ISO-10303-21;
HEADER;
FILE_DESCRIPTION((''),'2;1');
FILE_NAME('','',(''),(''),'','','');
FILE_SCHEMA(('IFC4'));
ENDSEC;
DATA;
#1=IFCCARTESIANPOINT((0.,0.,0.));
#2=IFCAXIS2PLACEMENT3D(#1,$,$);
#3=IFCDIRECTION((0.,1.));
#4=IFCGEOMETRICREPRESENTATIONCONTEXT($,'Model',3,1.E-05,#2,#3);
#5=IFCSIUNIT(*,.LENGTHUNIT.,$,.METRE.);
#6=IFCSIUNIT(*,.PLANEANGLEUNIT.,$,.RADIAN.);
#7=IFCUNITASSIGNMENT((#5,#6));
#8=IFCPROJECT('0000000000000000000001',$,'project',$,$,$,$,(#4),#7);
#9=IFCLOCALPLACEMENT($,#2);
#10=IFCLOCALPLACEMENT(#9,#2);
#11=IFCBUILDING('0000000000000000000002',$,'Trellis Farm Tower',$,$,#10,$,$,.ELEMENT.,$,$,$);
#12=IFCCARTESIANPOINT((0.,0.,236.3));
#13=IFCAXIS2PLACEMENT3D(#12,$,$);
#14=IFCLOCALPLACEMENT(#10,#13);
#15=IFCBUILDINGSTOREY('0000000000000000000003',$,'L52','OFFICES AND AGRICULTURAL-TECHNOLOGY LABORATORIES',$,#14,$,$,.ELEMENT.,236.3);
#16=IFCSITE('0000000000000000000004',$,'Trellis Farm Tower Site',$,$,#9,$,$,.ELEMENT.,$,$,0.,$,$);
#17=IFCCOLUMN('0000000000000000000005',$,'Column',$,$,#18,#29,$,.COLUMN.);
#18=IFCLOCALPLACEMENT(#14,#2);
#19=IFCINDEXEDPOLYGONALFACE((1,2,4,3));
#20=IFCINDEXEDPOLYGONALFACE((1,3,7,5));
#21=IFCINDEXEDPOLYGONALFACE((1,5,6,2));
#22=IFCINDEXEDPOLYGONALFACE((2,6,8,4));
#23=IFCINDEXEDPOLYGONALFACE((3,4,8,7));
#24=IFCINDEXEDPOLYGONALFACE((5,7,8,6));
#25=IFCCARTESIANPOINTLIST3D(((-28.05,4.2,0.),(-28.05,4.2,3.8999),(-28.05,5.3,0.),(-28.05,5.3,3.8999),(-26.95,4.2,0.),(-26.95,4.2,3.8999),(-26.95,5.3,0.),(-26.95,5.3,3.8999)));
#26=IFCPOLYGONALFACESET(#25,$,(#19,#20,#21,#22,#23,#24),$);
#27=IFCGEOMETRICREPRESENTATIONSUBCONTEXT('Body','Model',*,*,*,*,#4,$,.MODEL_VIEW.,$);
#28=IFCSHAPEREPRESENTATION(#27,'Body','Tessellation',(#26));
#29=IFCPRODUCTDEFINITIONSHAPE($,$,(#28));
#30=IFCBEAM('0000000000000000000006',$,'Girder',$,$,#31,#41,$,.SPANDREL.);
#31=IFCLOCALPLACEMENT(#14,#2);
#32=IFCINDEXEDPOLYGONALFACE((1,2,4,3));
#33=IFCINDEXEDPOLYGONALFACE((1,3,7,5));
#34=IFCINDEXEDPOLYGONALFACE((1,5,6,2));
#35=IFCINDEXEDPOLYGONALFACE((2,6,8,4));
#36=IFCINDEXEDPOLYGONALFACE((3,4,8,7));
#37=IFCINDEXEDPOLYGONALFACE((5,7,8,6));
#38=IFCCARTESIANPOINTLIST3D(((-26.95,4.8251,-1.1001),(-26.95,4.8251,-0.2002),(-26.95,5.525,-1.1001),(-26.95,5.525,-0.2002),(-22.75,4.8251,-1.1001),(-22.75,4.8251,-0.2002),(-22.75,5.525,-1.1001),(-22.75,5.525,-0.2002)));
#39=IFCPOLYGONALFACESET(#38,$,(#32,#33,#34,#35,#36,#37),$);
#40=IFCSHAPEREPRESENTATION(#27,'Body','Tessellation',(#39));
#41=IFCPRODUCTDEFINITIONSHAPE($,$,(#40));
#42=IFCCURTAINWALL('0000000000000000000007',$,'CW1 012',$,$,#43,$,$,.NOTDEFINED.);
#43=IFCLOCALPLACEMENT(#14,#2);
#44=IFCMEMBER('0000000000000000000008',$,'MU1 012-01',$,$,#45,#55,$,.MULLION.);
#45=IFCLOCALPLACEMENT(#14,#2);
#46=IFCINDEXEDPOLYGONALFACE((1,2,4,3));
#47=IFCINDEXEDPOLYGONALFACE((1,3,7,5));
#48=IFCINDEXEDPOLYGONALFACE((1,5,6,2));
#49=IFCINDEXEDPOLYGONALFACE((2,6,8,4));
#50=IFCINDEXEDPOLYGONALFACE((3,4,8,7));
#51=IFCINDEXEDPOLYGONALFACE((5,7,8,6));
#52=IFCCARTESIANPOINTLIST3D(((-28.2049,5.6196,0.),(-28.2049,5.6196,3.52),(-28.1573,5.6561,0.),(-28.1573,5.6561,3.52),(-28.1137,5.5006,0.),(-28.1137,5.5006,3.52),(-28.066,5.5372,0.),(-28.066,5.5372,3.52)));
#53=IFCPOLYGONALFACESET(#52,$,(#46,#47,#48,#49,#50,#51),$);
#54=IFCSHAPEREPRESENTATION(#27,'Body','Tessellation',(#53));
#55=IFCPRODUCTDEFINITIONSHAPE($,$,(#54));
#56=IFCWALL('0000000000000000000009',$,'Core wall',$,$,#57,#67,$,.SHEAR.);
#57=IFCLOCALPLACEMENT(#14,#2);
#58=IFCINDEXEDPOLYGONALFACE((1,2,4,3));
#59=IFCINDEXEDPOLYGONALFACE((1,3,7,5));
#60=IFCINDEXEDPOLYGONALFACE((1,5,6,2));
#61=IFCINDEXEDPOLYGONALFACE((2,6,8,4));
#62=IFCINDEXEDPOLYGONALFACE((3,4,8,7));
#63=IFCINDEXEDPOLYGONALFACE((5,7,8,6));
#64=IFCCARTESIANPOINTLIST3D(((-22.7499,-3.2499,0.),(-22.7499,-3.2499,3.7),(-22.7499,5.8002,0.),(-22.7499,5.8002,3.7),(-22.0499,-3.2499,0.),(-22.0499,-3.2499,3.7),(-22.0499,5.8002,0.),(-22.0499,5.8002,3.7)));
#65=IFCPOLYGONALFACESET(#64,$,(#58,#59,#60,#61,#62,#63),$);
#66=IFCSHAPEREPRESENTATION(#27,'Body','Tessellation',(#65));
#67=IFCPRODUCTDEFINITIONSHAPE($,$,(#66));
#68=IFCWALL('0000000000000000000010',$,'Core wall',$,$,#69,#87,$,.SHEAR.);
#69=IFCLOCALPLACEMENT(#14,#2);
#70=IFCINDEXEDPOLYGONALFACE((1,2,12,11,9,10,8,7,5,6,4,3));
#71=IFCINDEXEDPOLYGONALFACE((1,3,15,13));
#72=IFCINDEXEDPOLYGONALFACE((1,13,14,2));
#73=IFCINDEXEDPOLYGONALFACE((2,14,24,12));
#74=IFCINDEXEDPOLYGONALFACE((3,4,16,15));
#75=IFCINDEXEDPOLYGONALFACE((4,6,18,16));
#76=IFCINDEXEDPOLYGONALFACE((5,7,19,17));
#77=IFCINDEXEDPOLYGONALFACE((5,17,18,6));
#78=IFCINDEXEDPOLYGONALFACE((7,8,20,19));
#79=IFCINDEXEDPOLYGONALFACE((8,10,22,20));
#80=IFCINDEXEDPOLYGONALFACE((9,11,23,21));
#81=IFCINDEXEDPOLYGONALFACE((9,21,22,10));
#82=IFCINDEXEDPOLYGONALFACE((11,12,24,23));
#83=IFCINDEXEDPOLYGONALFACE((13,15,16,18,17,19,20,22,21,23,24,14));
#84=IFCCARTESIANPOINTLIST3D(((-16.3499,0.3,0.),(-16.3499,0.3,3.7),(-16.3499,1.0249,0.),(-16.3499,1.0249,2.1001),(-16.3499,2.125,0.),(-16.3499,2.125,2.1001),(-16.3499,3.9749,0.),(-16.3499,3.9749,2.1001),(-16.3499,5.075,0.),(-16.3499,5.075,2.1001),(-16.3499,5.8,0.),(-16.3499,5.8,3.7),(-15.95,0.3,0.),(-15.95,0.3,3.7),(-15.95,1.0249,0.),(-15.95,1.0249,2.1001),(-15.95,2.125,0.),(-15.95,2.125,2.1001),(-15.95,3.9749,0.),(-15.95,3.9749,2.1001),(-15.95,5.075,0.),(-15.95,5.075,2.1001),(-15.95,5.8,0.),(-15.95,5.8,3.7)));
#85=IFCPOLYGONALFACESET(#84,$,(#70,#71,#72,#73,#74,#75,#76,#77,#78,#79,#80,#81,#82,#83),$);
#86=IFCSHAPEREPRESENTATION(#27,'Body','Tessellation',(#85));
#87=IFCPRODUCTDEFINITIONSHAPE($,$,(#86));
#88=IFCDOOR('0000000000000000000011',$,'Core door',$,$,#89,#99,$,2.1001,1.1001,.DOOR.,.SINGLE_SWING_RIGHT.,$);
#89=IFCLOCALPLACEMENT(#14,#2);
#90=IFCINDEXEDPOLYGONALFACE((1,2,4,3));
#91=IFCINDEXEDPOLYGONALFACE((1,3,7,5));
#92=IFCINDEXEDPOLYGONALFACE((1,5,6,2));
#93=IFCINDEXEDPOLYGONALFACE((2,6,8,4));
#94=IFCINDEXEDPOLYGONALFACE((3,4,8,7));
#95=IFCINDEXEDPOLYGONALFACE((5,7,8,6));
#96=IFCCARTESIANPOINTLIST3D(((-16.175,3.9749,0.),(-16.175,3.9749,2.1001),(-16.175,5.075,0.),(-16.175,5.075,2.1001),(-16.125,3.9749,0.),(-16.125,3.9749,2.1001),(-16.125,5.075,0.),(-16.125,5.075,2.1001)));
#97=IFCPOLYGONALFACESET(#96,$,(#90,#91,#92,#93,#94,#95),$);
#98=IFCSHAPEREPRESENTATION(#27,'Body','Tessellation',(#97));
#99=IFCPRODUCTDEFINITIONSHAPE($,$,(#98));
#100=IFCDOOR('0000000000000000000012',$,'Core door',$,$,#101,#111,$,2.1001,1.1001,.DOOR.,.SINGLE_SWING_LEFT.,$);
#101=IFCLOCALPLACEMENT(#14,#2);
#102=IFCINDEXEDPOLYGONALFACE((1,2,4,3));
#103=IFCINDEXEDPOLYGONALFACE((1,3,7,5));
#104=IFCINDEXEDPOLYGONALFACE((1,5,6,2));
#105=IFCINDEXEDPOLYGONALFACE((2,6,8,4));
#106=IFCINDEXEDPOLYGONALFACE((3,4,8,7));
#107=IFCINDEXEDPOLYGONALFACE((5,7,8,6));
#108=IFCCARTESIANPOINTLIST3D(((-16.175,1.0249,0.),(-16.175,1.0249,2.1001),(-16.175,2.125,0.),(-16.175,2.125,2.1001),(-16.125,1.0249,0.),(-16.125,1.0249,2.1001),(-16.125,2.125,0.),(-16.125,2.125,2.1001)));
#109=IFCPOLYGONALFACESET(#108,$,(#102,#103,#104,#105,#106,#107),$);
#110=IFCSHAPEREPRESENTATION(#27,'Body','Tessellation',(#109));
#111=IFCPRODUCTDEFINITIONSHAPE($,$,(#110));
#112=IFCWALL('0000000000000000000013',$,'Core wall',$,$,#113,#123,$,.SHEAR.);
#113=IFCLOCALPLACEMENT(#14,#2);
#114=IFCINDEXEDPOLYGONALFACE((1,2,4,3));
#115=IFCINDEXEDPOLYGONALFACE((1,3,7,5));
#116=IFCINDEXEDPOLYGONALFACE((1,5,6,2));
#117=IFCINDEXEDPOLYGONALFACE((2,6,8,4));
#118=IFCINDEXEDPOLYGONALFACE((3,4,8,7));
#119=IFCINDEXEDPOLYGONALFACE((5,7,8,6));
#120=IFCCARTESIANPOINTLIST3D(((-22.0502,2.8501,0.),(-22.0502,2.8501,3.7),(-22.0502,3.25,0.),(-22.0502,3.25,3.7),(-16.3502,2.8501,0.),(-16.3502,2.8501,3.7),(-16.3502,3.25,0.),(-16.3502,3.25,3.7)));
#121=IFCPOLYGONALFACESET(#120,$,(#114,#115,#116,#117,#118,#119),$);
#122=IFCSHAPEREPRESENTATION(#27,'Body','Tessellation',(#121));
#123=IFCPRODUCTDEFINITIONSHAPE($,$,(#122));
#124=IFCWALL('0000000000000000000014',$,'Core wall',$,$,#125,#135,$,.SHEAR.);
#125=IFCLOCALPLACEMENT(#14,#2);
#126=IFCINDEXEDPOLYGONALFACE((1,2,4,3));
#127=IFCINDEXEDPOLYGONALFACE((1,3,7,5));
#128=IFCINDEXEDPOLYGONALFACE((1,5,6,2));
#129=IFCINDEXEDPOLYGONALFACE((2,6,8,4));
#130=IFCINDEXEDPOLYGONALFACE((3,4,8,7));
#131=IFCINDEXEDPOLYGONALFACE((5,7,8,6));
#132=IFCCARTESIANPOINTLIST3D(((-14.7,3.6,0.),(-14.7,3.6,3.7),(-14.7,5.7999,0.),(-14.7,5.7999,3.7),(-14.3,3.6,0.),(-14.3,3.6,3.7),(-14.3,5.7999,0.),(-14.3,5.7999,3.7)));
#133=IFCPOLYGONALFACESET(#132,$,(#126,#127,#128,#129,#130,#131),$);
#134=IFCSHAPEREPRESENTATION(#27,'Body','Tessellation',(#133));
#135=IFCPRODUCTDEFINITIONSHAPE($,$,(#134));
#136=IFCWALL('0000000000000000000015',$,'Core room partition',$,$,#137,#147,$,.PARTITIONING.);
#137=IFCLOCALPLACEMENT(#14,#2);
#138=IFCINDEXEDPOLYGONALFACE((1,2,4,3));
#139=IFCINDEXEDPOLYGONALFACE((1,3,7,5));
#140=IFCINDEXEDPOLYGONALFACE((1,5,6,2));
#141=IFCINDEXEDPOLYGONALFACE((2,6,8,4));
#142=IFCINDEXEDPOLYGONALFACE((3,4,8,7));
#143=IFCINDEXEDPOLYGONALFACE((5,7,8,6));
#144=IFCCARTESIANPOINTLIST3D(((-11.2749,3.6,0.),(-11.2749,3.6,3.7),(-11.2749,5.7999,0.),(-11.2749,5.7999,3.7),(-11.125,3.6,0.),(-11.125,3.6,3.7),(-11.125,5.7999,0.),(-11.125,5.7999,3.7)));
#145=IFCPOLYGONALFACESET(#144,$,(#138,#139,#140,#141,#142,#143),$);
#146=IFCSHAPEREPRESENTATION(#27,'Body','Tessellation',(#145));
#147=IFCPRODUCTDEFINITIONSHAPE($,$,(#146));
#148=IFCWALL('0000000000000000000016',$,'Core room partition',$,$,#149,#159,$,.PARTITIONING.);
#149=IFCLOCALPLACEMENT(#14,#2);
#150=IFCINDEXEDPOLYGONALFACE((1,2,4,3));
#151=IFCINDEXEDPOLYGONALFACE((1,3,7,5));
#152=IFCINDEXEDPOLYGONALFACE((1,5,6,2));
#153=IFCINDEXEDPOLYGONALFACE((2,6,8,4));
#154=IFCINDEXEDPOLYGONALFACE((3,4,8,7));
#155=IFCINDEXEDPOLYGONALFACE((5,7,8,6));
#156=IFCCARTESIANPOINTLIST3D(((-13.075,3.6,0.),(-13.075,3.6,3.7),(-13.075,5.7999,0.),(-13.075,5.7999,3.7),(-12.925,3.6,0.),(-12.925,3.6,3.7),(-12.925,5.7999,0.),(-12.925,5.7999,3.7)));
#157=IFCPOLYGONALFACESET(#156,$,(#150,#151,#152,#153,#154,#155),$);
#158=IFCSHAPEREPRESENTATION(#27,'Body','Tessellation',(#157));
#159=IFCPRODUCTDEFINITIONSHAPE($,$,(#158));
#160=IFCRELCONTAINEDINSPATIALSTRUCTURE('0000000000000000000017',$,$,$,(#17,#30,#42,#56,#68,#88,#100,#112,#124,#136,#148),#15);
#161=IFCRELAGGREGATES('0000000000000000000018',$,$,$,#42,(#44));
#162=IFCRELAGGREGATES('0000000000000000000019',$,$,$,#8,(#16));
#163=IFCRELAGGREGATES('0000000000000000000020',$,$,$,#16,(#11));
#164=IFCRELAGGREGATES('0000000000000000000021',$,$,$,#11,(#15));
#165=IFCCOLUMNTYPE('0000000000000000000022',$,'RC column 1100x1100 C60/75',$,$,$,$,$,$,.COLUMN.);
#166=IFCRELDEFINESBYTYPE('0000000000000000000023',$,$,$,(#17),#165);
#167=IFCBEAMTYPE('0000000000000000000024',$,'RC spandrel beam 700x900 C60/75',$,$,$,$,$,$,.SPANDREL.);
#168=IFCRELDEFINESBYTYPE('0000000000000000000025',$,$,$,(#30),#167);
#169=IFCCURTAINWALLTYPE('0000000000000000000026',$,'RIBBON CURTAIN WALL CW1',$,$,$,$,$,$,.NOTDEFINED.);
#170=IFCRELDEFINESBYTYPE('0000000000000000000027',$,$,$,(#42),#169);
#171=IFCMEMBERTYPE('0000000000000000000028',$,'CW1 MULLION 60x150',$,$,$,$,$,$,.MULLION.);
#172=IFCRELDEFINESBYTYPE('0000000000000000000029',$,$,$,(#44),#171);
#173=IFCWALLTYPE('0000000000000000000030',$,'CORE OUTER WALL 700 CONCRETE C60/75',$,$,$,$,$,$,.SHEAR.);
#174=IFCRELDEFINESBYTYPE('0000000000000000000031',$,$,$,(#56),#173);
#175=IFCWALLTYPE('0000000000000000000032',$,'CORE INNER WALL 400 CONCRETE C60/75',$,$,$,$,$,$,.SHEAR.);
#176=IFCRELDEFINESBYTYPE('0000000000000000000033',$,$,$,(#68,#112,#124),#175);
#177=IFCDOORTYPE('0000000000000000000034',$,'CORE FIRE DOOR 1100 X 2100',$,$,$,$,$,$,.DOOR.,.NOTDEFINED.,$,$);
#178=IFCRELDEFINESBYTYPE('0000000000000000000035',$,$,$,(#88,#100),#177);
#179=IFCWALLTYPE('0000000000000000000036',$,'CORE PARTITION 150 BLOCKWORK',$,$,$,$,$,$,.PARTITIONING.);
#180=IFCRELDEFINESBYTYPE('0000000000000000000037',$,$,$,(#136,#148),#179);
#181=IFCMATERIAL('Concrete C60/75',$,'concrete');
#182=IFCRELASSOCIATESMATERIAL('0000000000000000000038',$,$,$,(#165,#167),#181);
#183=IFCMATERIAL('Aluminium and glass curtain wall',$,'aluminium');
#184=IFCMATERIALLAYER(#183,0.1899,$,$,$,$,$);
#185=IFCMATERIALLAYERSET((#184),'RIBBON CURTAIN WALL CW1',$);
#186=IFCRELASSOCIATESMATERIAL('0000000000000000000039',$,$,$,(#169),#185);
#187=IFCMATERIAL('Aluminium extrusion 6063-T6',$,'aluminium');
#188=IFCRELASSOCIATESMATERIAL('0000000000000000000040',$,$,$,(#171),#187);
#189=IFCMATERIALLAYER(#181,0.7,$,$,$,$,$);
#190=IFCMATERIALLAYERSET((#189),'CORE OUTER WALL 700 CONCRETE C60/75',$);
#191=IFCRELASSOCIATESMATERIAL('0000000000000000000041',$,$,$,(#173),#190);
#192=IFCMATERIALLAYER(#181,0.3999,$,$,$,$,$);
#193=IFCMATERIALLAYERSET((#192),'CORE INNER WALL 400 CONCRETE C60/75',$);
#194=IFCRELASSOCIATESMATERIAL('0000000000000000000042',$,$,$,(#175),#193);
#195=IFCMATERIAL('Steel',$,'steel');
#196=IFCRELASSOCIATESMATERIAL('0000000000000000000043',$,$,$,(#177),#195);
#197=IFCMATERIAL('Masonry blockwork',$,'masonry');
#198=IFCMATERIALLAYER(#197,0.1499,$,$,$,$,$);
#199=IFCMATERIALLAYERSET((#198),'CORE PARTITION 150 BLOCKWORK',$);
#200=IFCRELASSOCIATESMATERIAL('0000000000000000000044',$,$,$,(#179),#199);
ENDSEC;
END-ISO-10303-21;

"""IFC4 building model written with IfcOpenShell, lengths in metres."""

from ifc_helpers import new_model, si_unit, direction, frame, frame_2d, origin, origin_2d, place, context, subcontext, project, spatial, rectangle, extrude, source, transform, mapped, material, layer, layer_set, material_profile, profile_set, type_object, element, fill, aggregate, save


model = new_model("IFC4")

# Units and contexts
model_context = context("Model", 3, precision=1e-05, world=origin(), true_north=direction((0.0, 1.0)))
body_context = subcontext(model_context, "Body", "Model", "MODEL_VIEW")
ifc_project = project(units=[si_unit("LENGTHUNIT", "METRE"), si_unit("PLANEANGLEUNIT", "RADIAN")], contexts=[model_context])

# Site, building, storey
site_placement = place(None, origin())
site = spatial("IfcSite", under=ifc_project, at=site_placement, Name="Trellis Farm Tower Site", CompositionType="ELEMENT", RefElevation=0.0)
building_placement = place(site_placement, origin())
building = spatial("IfcBuilding", under=site, at=building_placement, Name="Trellis Farm Tower", CompositionType="ELEMENT")
storey_placement = place(building_placement, frame((0.0, 0.0, 236.3)))
storey = spatial("IfcBuildingStorey", under=building, at=storey_placement, Name="L52", Description="OFFICES AND AGRICULTURAL-TECHNOLOGY LABORATORIES", CompositionType="ELEMENT", Elevation=236.3)

# Column
ifc_material_1 = material(Name="Concrete C60/75", Category="concrete")
ifc_material_profile_1 = material_profile(ifc_material_1, rectangle(XDim=1.1001, YDim=1.1001, at=origin_2d()), Name="RC column 1100x1100 C60/75")
ifc_profile_set_1 = profile_set([ifc_material_profile_1], Name="Concrete C60/75")
column_type = type_object("IfcColumnType", Name="RC column 1100x1100 C60/75", PredefinedType="COLUMN", material=ifc_profile_set_1)
shared_shape_1 = source(origin(), body_context, "Body", "SweptSolid", [
    extrude(rectangle(XDim=1.1001, YDim=1.1001, at=origin_2d()), origin(), (0.0, 0.0, 1.0), 3.8999),
])
column_placement = place(storey_placement, frame((-27.5, 4.75, 0.0), z_axis=(0.0, 0.0, 1.0), x_axis=(1.0, 0.0, 0.0)))
element("IfcColumn", 1, at=column_placement, inside=storey, type_object=column_type, Name="Column", PredefinedType="COLUMN", context=body_context, shape_type="MappedRepresentation", body=[
    mapped(shared_shape_1, transform((0.0, 0.0, 0.0))),
])

# Beam
ifc_material_profile_2 = material_profile(ifc_material_1, rectangle(XDim=0.7, YDim=0.8999, at=origin_2d()), Name="RC spandrel beam 700x900 C60/75")
ifc_profile_set_2 = profile_set([ifc_material_profile_2], Name="Concrete C60/75")
beam_type = type_object("IfcBeamType", Name="RC spandrel beam 700x900 C60/75", PredefinedType="SPANDREL", material=ifc_profile_set_2)
shared_shape_2 = source(origin(), body_context, "Body", "SweptSolid", [
    extrude(rectangle(XDim=0.7, YDim=0.8999, at=origin_2d()), origin(), (0.0, 0.0, 1.0), 4.2),
])
beam_placement = place(storey_placement, frame((-26.95, 5.175, -0.6501), z_axis=(1.0, 0.0, 0.0), x_axis=(0.0, 1.0, 0.0)))
element("IfcBeam", 2, at=beam_placement, inside=storey, type_object=beam_type, Name="Girder", PredefinedType="SPANDREL", context=body_context, shape_type="MappedRepresentation", body=[
    mapped(shared_shape_2, transform((0.0, 0.0, 0.0))),
])

# Curtain wall, member
ifc_material_2 = material(Name="Aluminium and glass curtain wall", Category="aluminium")
ifc_layer_1 = layer(ifc_material_2, 0.1899)
ifc_layer_set_1 = layer_set([ifc_layer_1], Name="RIBBON CURTAIN WALL CW1")
curtain_wall_type = type_object("IfcCurtainWallType", Name="RIBBON CURTAIN WALL CW1", PredefinedType="NOTDEFINED", material=ifc_layer_set_1)
placement = place(storey_placement, origin())
curtain_wall = element("IfcCurtainWall", 3, at=placement, inside=storey, type_object=curtain_wall_type, Name="CW1 012", PredefinedType="NOTDEFINED")
ifc_material_3 = material(Name="Aluminium extrusion 6063-T6", Category="aluminium")
ifc_material_profile_3 = material_profile(ifc_material_3, rectangle(XDim=0.0601, YDim=0.1499, at=origin_2d()), Name="MULLION 60x150")
ifc_profile_set_3 = profile_set([ifc_material_profile_3], Name="Aluminium extrusion 6063-T6")
member_type = type_object("IfcMemberType", Name="CW1 MULLION 60x150", PredefinedType="MULLION", material=ifc_profile_set_3)
shared_shape_3 = source(origin(), body_context, "Body", "SweptSolid", [
    extrude(rectangle(XDim=0.0601, YDim=0.1499, at=origin_2d()), origin(), (0.0, 0.0, 1.0), 3.52),
])
member_placement = place(storey_placement, frame((-28.1355, 5.5784, 0.0), z_axis=(0.0, 0.0, 1.0), x_axis=(-0.793353, -0.608761, 0.0)))
member = element("IfcMember", 4, at=member_placement, type_object=member_type, Name="MU1 012-01", PredefinedType="MULLION", context=body_context, shape_type="MappedRepresentation", body=[
    mapped(shared_shape_3, transform((0.0, 0.0, 0.0))),
])
aggregate(curtain_wall, [member])

# Wall
ifc_layer_2 = layer(ifc_material_1, 0.7)
ifc_layer_set_2 = layer_set([ifc_layer_2], Name="CORE OUTER WALL 700 CONCRETE C60/75")
wall_type_1 = type_object("IfcWallType", Name="CORE OUTER WALL 700 CONCRETE C60/75", PredefinedType="SHEAR", material=ifc_layer_set_2)
shared_shape_4 = source(origin(), body_context, "Body", "SweptSolid", [
    extrude(rectangle(XDim=9.05, YDim=0.7, at=frame_2d((4.5249, 0.0))), origin(), (0.0, 0.0, 1.0), 3.7),
])
wall_1_placement = place(storey_placement, frame((-22.3999, 5.8, 0.0), z_axis=(0.0, 0.0, 1.0), x_axis=(0.0, -1.0, 0.0)))
element("IfcWall", 5, at=wall_1_placement, inside=storey, type_object=wall_type_1, Name="Core wall", PredefinedType="SHEAR", context=body_context, shape_type="MappedRepresentation", body=[
    mapped(shared_shape_4, transform((0.0, 0.0, 0.0))),
])

# Wall, openings, doors
ifc_layer_3 = layer(ifc_material_1, 0.3999)
ifc_layer_set_3 = layer_set([ifc_layer_3], Name="CORE INNER WALL 400 CONCRETE C60/75")
wall_type_2 = type_object("IfcWallType", Name="CORE INNER WALL 400 CONCRETE C60/75", PredefinedType="SHEAR", material=ifc_layer_set_3)
shared_shape_5 = source(origin(), body_context, "Body", "SweptSolid", [
    extrude(rectangle(XDim=5.5, YDim=0.3999, at=frame_2d((2.75, 0.0))), origin(), (0.0, 0.0, 1.0), 3.7),
])
wall_2_placement = place(storey_placement, frame((-16.1499, 5.8, 0.0), z_axis=(0.0, 0.0, 1.0), x_axis=(0.0, -1.0, 0.0)))
wall_2 = element("IfcWall", 6, at=wall_2_placement, inside=storey, type_object=wall_type_2, Name="Core wall", PredefinedType="SHEAR", context=body_context, shape_type="MappedRepresentation", body=[
    mapped(shared_shape_5, transform((0.0, 0.0, 0.0))),
])
shared_shape_6 = source(origin(), body_context, "Body", "SweptSolid", [
    extrude(rectangle(XDim=1.1001, YDim=2.1001, at=frame_2d((0.55, 1.05))), frame((0.0, 0.21, 0.0), z_axis=(0.0, -1.0, 0.0), x_axis=(1.0, 0.0, 0.0)), (0.0, 0.0, 1.0), 0.4199),
])
opening_1_placement = place(wall_2_placement, frame((0.7251, 0.0, 0.0)))
opening_1 = element("IfcOpeningElement", 7, at=opening_1_placement, cuts=wall_2, PredefinedType="OPENING", context=body_context, shape_type="MappedRepresentation", body=[
    mapped(shared_shape_6, transform((0.0, 0.0, 0.0))),
])
opening_2_placement = place(wall_2_placement, frame((3.675, 0.0, 0.0)))
opening_2 = element("IfcOpeningElement", 8, at=opening_2_placement, cuts=wall_2, PredefinedType="OPENING", context=body_context, shape_type="MappedRepresentation", body=[
    mapped(shared_shape_6, transform((0.0, 0.0, 0.0))),
])
ifc_material_4 = material(Name="Steel", Category="steel")
door_type = type_object("IfcDoorType", Name="CORE FIRE DOOR 1100 X 2100", OperationType="NOTDEFINED", PredefinedType="DOOR", material=ifc_material_4)
shared_shape_7 = source(origin(), body_context, "Body", "SweptSolid", [
    extrude(rectangle(XDim=1.1001, YDim=2.1001, at=frame_2d((0.55, 1.05))), frame((0.0, 0.0249, 0.0), z_axis=(0.0, -1.0, 0.0), x_axis=(1.0, 0.0, 0.0)), (0.0, 0.0, 1.0), 0.05),
])
door_1_placement = place(opening_1_placement, origin())
door_1 = element("IfcDoor", 9, at=door_1_placement, inside=storey, type_object=door_type, Name="Core door", OperationType="SINGLE_SWING_RIGHT", OverallHeight=2.1001, OverallWidth=1.1001, PredefinedType="DOOR", context=body_context, shape_type="MappedRepresentation", body=[
    mapped(shared_shape_7, transform((0.0, 0.0, 0.0))),
])
fill(opening_1, door_1)
door_2_placement = place(opening_2_placement, origin())
door_2 = element("IfcDoor", 10, at=door_2_placement, inside=storey, type_object=door_type, Name="Core door", OperationType="SINGLE_SWING_LEFT", OverallHeight=2.1001, OverallWidth=1.1001, PredefinedType="DOOR", context=body_context, shape_type="MappedRepresentation", body=[
    mapped(shared_shape_7, transform((0.0, 0.0, 0.0))),
])
fill(opening_2, door_2)

# Walls
shared_shape_8 = source(origin(), body_context, "Body", "SweptSolid", [
    extrude(rectangle(XDim=5.7, YDim=0.3999, at=frame_2d((2.8501, 0.0))), origin(), (0.0, 0.0, 1.0), 3.7),
])
wall_3_placement = place(storey_placement, frame((-16.3501, 3.05, 0.0), z_axis=(0.0, 0.0, 1.0), x_axis=(-1.0, 0.0, 0.0)))
element("IfcWall", 11, at=wall_3_placement, inside=storey, type_object=wall_type_2, Name="Core wall", PredefinedType="SHEAR", context=body_context, shape_type="MappedRepresentation", body=[
    mapped(shared_shape_8, transform((0.0, 0.0, 0.0))),
])
shared_shape_9 = source(origin(), body_context, "Body", "SweptSolid", [
    extrude(rectangle(XDim=2.2, YDim=0.3999, at=frame_2d((1.1001, 0.0))), origin(), (0.0, 0.0, 1.0), 3.7),
])
wall_4_placement = place(storey_placement, frame((-14.5, 5.8, 0.0), z_axis=(0.0, 0.0, 1.0), x_axis=(0.0, -1.0, 0.0)))
element("IfcWall", 12, at=wall_4_placement, inside=storey, type_object=wall_type_2, Name="Core wall", PredefinedType="SHEAR", context=body_context, shape_type="MappedRepresentation", body=[
    mapped(shared_shape_9, transform((0.0, 0.0, 0.0))),
])
ifc_material_5 = material(Name="Masonry blockwork", Category="masonry")
ifc_layer_4 = layer(ifc_material_5, 0.1499)
ifc_layer_set_4 = layer_set([ifc_layer_4], Name="CORE PARTITION 150 BLOCKWORK")
wall_type_3 = type_object("IfcWallType", Name="CORE PARTITION 150 BLOCKWORK", PredefinedType="PARTITIONING", material=ifc_layer_set_4)
shared_shape_10 = source(origin(), body_context, "Body", "SweptSolid", [
    extrude(rectangle(XDim=2.2, YDim=0.1499, at=frame_2d((1.1001, 0.0))), origin(), (0.0, 0.0, 1.0), 3.7),
])
for number, where, z_axis, x_axis, name in (
    (13, (-11.2, 5.8, 0.0), (0.0, 0.0, 1.0), (0.0, -1.0, 0.0), "Core room partition"),
    (14, (-13.0, 5.8, 0.0), (0.0, 0.0, 1.0), (0.0, -1.0, 0.0), "Core room partition"),
):
    element("IfcWall", number, at=place(storey_placement, frame(where, z_axis=z_axis, x_axis=x_axis)), inside=storey, type_object=wall_type_3, Name=name, PredefinedType="PARTITIONING", context=body_context, shape_type="MappedRepresentation", body=[
        mapped(shared_shape_10, transform((0.0, 0.0, 0.0))),
    ])

save(model, "model.ifc")
